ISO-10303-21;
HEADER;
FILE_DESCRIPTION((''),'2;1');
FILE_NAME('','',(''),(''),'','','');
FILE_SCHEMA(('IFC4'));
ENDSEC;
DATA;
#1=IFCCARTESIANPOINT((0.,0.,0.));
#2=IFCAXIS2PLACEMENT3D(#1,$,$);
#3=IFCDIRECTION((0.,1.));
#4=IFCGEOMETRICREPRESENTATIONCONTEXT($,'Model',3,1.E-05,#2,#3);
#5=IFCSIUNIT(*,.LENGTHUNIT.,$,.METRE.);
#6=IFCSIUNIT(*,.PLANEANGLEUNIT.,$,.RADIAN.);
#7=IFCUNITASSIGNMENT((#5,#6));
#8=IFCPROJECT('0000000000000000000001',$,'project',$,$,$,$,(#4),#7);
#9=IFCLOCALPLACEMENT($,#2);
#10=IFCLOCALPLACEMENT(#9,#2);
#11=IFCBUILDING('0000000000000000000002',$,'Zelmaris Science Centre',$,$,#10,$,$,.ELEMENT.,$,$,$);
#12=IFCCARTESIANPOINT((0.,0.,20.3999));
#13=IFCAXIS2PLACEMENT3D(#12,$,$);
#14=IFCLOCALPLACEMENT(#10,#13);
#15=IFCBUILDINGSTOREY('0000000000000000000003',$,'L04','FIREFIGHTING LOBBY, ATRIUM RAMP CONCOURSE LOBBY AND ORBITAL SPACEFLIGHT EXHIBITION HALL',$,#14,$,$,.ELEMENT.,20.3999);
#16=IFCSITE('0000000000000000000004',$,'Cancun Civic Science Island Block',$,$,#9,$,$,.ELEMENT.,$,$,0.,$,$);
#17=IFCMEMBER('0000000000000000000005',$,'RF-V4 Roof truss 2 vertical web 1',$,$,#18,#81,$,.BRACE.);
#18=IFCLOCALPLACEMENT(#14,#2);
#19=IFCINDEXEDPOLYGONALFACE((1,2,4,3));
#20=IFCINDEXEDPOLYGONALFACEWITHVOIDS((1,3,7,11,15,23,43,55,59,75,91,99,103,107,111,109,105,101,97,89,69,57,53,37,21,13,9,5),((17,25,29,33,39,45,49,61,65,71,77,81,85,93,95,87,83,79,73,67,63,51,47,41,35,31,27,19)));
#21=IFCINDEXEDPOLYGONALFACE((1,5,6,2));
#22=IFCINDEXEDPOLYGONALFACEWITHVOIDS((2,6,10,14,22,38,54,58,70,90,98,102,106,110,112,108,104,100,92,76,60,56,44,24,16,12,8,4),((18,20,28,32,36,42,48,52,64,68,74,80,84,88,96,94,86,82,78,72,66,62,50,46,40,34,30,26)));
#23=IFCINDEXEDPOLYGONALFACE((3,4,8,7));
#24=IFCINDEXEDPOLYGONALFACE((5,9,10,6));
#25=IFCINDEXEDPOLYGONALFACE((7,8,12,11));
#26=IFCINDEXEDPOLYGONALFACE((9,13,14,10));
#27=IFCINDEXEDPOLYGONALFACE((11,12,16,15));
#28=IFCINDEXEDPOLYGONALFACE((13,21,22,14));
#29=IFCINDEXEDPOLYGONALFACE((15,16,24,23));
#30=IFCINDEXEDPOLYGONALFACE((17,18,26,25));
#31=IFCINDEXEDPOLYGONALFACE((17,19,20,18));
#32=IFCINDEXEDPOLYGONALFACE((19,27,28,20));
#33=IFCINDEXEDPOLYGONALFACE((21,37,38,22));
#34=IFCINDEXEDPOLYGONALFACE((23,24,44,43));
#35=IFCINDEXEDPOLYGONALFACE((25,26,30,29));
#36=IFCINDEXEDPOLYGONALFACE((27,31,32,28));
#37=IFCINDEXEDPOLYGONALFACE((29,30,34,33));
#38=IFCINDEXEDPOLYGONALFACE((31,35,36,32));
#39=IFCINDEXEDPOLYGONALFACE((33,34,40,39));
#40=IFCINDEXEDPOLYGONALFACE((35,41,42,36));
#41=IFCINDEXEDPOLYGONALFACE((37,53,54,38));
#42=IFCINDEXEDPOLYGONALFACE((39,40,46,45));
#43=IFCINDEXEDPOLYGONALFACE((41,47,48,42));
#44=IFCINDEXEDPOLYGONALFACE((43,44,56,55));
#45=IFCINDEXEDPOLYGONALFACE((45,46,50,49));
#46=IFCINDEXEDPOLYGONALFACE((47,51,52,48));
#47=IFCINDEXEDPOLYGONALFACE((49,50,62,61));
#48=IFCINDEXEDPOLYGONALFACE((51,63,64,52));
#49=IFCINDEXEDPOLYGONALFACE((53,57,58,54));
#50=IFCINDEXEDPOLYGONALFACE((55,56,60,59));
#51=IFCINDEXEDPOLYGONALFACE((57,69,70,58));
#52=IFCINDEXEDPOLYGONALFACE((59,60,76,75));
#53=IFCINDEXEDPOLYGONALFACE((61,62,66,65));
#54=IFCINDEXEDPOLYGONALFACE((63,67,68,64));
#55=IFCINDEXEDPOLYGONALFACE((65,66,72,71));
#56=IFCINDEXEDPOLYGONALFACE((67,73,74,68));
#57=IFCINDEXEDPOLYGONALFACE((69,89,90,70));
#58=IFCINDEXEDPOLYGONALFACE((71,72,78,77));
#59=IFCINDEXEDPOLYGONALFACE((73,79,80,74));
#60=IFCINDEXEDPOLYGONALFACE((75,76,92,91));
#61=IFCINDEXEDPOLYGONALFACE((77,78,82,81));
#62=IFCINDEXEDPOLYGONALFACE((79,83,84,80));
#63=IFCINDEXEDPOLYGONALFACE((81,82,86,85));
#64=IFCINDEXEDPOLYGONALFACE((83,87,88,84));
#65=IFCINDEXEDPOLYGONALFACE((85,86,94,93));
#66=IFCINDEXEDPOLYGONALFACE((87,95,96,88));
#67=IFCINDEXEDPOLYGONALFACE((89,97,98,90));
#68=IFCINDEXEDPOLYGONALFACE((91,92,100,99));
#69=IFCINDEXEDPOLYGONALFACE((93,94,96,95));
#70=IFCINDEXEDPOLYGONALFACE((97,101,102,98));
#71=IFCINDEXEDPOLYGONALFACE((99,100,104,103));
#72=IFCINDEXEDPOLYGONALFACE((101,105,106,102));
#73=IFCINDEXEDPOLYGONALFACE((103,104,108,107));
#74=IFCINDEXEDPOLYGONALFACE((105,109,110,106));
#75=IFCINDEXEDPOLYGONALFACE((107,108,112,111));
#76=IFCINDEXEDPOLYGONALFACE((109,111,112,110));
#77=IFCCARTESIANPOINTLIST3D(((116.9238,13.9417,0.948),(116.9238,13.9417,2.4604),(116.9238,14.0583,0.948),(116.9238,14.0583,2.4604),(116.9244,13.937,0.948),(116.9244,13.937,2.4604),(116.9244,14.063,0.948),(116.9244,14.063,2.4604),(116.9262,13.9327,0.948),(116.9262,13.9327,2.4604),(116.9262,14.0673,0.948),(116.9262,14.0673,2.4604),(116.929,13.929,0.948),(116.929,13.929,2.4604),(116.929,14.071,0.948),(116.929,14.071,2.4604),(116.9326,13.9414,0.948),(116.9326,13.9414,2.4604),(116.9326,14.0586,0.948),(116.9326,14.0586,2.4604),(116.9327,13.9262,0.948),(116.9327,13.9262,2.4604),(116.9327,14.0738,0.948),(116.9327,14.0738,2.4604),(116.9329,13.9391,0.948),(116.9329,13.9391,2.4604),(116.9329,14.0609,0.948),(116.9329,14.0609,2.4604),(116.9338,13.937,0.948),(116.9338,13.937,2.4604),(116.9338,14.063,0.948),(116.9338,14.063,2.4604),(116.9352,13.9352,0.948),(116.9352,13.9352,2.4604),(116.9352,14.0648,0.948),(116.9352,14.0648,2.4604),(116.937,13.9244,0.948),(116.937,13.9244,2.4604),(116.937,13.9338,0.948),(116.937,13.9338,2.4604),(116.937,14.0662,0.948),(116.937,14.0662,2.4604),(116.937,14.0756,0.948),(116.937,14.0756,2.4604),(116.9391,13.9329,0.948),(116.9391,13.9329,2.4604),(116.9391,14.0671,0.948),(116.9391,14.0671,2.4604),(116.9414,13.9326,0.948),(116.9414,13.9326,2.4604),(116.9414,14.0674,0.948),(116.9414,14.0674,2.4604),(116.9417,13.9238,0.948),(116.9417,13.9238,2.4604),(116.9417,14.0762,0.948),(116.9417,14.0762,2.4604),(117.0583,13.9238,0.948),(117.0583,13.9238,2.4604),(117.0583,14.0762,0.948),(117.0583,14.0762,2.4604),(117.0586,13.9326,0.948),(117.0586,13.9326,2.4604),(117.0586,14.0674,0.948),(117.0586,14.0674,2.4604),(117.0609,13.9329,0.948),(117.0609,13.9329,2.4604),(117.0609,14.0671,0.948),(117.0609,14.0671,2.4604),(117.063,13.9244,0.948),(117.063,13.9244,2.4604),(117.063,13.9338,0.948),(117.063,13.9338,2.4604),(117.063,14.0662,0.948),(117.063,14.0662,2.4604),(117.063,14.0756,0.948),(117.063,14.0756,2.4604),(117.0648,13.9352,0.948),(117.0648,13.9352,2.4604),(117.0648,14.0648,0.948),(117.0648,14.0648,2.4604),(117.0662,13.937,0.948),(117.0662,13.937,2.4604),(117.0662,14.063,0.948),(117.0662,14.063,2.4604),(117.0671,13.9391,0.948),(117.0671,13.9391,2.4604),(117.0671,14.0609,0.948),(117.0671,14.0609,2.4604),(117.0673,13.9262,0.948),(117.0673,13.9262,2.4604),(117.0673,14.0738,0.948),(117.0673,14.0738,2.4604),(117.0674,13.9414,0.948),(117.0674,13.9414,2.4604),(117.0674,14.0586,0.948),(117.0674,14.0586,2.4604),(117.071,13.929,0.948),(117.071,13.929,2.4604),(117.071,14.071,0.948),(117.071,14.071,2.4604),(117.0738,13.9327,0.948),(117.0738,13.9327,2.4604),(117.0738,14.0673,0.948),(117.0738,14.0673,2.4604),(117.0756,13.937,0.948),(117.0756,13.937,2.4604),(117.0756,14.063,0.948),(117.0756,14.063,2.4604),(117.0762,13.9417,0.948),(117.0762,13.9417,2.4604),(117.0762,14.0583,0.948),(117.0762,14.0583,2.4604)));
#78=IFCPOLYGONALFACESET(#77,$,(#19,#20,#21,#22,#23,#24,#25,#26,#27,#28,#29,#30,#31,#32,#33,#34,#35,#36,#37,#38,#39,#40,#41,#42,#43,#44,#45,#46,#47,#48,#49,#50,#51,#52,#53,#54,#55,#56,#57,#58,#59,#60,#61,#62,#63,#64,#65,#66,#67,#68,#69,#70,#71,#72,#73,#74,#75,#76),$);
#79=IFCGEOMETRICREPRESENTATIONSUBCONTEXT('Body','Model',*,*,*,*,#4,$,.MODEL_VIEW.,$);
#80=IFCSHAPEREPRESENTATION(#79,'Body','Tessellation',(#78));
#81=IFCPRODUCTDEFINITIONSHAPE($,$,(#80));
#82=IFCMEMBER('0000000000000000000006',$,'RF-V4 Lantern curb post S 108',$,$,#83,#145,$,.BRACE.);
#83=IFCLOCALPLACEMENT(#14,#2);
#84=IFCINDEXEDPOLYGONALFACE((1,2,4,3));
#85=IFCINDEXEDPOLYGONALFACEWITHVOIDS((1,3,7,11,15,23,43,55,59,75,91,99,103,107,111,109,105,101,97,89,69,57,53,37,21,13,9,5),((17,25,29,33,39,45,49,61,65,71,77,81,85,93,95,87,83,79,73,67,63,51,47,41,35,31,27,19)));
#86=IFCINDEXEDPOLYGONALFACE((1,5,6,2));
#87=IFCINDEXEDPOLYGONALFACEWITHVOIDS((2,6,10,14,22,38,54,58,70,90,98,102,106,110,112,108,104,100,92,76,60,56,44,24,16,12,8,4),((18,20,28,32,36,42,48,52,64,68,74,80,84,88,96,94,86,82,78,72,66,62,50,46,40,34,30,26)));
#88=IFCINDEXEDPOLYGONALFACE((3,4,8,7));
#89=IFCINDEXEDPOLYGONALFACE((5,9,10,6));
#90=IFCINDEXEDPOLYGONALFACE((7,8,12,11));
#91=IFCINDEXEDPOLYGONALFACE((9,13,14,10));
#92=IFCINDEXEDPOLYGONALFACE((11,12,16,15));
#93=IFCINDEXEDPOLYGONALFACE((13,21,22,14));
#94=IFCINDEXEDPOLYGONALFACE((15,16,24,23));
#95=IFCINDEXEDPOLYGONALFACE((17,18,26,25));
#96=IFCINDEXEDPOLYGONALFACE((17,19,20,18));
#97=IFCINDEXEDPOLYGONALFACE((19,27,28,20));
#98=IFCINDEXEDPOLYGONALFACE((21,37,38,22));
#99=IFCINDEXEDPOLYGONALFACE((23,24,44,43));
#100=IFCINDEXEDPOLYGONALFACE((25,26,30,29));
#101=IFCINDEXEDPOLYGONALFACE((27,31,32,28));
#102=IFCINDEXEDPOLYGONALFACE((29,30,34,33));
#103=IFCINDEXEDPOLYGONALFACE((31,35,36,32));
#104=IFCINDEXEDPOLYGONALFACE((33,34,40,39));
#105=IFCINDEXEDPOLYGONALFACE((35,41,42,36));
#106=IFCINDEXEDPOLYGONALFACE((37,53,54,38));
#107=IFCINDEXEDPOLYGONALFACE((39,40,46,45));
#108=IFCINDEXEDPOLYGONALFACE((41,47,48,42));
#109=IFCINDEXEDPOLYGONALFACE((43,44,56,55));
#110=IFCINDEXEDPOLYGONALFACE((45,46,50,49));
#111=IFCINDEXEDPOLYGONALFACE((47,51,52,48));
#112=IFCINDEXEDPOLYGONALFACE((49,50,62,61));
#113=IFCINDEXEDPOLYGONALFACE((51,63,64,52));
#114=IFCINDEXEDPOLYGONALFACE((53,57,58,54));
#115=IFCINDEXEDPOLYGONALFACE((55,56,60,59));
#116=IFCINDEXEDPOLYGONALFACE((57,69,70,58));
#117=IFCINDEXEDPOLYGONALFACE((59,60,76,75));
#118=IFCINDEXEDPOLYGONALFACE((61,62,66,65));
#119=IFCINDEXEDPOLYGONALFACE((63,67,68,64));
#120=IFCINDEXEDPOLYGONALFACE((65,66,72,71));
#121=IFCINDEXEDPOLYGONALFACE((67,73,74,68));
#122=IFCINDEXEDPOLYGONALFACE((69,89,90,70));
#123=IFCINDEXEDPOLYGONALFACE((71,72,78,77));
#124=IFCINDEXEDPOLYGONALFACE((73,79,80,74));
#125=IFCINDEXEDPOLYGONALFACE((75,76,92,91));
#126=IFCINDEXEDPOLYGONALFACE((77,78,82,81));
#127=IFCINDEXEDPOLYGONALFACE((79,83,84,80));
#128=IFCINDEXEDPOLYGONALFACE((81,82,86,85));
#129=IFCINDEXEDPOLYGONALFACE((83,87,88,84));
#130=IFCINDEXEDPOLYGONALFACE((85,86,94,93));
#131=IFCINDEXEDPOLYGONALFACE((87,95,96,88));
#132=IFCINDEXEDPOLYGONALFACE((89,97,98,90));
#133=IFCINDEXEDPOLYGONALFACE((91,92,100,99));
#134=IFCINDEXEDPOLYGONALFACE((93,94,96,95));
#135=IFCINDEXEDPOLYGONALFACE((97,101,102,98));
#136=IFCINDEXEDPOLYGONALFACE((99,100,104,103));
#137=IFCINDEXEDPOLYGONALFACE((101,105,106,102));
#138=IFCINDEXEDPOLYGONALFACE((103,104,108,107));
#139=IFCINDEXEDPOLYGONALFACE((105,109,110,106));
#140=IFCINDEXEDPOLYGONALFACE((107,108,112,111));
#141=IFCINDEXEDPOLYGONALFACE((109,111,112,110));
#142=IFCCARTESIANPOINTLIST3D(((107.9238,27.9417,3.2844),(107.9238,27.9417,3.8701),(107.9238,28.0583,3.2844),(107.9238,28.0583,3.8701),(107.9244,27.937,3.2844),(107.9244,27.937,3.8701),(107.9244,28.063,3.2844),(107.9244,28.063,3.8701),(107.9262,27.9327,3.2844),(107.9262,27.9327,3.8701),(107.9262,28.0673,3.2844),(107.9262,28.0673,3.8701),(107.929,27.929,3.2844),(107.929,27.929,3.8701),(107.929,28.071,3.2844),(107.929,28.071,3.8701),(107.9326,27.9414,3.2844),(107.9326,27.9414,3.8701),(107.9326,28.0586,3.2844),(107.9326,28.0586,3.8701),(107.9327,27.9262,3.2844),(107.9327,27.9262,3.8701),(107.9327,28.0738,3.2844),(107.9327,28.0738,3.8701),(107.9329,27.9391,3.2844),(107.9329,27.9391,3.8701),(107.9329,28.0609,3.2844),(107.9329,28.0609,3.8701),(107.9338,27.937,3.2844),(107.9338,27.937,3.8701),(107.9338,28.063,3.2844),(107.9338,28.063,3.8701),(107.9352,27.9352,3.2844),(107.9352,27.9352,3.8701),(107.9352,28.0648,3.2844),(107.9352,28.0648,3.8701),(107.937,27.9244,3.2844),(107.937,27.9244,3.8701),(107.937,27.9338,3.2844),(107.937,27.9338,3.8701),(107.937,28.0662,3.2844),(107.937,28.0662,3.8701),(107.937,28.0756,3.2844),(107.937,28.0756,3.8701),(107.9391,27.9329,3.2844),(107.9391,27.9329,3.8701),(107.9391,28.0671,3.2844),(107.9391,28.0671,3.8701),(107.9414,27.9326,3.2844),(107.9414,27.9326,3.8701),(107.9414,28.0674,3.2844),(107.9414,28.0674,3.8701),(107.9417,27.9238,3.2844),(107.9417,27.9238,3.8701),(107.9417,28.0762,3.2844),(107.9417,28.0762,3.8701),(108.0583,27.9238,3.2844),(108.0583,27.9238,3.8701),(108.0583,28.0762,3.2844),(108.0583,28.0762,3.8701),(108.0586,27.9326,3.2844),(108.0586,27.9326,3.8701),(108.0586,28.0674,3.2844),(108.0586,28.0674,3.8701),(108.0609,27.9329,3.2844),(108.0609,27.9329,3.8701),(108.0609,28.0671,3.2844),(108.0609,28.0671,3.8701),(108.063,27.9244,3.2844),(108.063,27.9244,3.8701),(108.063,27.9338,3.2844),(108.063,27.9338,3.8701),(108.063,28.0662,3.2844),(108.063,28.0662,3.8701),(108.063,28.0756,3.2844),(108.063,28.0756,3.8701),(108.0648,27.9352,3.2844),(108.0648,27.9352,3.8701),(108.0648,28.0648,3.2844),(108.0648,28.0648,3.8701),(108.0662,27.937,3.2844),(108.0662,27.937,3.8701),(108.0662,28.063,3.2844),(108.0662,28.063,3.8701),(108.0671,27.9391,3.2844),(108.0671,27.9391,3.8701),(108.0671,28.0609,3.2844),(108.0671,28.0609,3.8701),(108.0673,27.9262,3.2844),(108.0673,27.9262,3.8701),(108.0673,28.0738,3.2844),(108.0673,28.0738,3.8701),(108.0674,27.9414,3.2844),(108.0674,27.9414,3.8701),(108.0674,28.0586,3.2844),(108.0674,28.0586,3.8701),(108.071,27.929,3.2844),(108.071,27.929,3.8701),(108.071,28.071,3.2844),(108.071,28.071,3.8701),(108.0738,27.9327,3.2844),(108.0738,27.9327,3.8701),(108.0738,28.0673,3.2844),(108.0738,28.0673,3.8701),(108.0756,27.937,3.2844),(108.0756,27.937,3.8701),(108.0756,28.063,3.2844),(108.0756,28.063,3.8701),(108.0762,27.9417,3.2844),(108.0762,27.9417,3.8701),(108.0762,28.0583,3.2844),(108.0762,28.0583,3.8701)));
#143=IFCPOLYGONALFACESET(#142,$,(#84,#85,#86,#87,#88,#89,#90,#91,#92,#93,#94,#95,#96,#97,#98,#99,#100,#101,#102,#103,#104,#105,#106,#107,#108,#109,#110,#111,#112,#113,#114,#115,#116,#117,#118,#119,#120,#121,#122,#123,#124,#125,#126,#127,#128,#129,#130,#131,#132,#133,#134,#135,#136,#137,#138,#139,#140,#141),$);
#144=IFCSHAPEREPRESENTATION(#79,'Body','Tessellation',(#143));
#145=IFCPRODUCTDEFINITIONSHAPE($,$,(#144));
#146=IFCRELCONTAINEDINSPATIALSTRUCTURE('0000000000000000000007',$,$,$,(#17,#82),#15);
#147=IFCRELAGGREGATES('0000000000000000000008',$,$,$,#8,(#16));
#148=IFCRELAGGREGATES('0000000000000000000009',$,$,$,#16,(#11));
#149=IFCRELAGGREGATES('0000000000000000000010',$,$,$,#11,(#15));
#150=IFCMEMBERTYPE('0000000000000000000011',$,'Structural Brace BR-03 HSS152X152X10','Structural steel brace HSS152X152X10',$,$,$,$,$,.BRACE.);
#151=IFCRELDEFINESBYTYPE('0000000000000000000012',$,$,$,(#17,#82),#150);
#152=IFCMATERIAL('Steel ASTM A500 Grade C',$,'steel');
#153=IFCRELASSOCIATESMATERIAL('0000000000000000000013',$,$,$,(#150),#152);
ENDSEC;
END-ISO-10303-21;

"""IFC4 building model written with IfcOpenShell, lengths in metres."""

from ifc_helpers import new_model, si_unit, direction, frame, origin, origin_2d, place, context, subcontext, project, spatial, hollow_rectangle, extrude, material, material_profile, profile_set, type_object, element, save


model = new_model("IFC4")

# Units and contexts
model_context = context("Model", 3, precision=1e-05, world=origin(), true_north=direction((0.0, 1.0)))
body_context = subcontext(model_context, "Body", "Model", "MODEL_VIEW")
ifc_project = project(units=[si_unit("LENGTHUNIT", "METRE"), si_unit("PLANEANGLEUNIT", "RADIAN")], contexts=[model_context])

# Site, building, storey
site_placement = place(None, origin())
site = spatial("IfcSite", under=ifc_project, at=site_placement, Name="Cancun Civic Science Island Block", CompositionType="ELEMENT", RefElevation=0.0)
building_placement = place(site_placement, origin())
building = spatial("IfcBuilding", under=site, at=building_placement, Name="Zelmaris Science Centre", CompositionType="ELEMENT")
storey_placement = place(building_placement, frame((0.0, 0.0, 20.3999)))
storey = spatial("IfcBuildingStorey", under=building, at=storey_placement, Name="L04", Description="FIREFIGHTING LOBBY, ATRIUM RAMP CONCOURSE LOBBY AND ORBITAL SPACEFLIGHT EXHIBITION HALL", CompositionType="ELEMENT", Elevation=20.3999)

# Shared definitions
ifc_material_1 = material(Name="Steel ASTM A500 Grade C", Category="steel")

# Members
ifc_material_profile_1 = material_profile(ifc_material_1, hollow_rectangle(XDim=0.1523, YDim=0.1523, WallThickness=0.0088, InnerFilletRadius=0.0088, OuterFilletRadius=0.0178, at=origin_2d()), Name="HSS152X152X10")
ifc_profile_set_1 = profile_set([ifc_material_profile_1], Name="Steel ASTM A500 Grade C")
member_type_1 = type_object("IfcMemberType", Name="Structural Brace BR-03 HSS152X152X10", Description="Structural steel brace HSS152X152X10", PredefinedType="BRACE", material=ifc_profile_set_1)
member_1_placement = place(storey_placement, frame((117.0, 14.0, 0.948), z_axis=(0.0, 0.0, 1.0), x_axis=(1.0, 0.0, 0.0)))
element("IfcMember", 1, at=member_1_placement, inside=storey, type_object=member_type_1, Name="RF-V4 Roof truss 2 vertical web 1", PredefinedType="BRACE", context=body_context, shape_type="SweptSolid", body=[
    extrude(hollow_rectangle(XDim=0.1523, YDim=0.1523, WallThickness=0.0088, InnerFilletRadius=0.0088, OuterFilletRadius=0.0178, at=origin_2d()), origin(), (0.0, 0.0, 1.0), 1.5125),
])
member_2_placement = place(storey_placement, frame((108.0, 28.0, 3.2844), z_axis=(0.0, 0.0, 1.0), x_axis=(1.0, 0.0, 0.0)))
element("IfcMember", 2, at=member_2_placement, inside=storey, type_object=member_type_1, Name="RF-V4 Lantern curb post S 108", PredefinedType="BRACE", context=body_context, shape_type="SweptSolid", body=[
    extrude(hollow_rectangle(XDim=0.1523, YDim=0.1523, WallThickness=0.0088, InnerFilletRadius=0.0088, OuterFilletRadius=0.0178, at=origin_2d()), origin(), (0.0, 0.0, 1.0), 0.5857),
])

save(model, "model.ifc")
